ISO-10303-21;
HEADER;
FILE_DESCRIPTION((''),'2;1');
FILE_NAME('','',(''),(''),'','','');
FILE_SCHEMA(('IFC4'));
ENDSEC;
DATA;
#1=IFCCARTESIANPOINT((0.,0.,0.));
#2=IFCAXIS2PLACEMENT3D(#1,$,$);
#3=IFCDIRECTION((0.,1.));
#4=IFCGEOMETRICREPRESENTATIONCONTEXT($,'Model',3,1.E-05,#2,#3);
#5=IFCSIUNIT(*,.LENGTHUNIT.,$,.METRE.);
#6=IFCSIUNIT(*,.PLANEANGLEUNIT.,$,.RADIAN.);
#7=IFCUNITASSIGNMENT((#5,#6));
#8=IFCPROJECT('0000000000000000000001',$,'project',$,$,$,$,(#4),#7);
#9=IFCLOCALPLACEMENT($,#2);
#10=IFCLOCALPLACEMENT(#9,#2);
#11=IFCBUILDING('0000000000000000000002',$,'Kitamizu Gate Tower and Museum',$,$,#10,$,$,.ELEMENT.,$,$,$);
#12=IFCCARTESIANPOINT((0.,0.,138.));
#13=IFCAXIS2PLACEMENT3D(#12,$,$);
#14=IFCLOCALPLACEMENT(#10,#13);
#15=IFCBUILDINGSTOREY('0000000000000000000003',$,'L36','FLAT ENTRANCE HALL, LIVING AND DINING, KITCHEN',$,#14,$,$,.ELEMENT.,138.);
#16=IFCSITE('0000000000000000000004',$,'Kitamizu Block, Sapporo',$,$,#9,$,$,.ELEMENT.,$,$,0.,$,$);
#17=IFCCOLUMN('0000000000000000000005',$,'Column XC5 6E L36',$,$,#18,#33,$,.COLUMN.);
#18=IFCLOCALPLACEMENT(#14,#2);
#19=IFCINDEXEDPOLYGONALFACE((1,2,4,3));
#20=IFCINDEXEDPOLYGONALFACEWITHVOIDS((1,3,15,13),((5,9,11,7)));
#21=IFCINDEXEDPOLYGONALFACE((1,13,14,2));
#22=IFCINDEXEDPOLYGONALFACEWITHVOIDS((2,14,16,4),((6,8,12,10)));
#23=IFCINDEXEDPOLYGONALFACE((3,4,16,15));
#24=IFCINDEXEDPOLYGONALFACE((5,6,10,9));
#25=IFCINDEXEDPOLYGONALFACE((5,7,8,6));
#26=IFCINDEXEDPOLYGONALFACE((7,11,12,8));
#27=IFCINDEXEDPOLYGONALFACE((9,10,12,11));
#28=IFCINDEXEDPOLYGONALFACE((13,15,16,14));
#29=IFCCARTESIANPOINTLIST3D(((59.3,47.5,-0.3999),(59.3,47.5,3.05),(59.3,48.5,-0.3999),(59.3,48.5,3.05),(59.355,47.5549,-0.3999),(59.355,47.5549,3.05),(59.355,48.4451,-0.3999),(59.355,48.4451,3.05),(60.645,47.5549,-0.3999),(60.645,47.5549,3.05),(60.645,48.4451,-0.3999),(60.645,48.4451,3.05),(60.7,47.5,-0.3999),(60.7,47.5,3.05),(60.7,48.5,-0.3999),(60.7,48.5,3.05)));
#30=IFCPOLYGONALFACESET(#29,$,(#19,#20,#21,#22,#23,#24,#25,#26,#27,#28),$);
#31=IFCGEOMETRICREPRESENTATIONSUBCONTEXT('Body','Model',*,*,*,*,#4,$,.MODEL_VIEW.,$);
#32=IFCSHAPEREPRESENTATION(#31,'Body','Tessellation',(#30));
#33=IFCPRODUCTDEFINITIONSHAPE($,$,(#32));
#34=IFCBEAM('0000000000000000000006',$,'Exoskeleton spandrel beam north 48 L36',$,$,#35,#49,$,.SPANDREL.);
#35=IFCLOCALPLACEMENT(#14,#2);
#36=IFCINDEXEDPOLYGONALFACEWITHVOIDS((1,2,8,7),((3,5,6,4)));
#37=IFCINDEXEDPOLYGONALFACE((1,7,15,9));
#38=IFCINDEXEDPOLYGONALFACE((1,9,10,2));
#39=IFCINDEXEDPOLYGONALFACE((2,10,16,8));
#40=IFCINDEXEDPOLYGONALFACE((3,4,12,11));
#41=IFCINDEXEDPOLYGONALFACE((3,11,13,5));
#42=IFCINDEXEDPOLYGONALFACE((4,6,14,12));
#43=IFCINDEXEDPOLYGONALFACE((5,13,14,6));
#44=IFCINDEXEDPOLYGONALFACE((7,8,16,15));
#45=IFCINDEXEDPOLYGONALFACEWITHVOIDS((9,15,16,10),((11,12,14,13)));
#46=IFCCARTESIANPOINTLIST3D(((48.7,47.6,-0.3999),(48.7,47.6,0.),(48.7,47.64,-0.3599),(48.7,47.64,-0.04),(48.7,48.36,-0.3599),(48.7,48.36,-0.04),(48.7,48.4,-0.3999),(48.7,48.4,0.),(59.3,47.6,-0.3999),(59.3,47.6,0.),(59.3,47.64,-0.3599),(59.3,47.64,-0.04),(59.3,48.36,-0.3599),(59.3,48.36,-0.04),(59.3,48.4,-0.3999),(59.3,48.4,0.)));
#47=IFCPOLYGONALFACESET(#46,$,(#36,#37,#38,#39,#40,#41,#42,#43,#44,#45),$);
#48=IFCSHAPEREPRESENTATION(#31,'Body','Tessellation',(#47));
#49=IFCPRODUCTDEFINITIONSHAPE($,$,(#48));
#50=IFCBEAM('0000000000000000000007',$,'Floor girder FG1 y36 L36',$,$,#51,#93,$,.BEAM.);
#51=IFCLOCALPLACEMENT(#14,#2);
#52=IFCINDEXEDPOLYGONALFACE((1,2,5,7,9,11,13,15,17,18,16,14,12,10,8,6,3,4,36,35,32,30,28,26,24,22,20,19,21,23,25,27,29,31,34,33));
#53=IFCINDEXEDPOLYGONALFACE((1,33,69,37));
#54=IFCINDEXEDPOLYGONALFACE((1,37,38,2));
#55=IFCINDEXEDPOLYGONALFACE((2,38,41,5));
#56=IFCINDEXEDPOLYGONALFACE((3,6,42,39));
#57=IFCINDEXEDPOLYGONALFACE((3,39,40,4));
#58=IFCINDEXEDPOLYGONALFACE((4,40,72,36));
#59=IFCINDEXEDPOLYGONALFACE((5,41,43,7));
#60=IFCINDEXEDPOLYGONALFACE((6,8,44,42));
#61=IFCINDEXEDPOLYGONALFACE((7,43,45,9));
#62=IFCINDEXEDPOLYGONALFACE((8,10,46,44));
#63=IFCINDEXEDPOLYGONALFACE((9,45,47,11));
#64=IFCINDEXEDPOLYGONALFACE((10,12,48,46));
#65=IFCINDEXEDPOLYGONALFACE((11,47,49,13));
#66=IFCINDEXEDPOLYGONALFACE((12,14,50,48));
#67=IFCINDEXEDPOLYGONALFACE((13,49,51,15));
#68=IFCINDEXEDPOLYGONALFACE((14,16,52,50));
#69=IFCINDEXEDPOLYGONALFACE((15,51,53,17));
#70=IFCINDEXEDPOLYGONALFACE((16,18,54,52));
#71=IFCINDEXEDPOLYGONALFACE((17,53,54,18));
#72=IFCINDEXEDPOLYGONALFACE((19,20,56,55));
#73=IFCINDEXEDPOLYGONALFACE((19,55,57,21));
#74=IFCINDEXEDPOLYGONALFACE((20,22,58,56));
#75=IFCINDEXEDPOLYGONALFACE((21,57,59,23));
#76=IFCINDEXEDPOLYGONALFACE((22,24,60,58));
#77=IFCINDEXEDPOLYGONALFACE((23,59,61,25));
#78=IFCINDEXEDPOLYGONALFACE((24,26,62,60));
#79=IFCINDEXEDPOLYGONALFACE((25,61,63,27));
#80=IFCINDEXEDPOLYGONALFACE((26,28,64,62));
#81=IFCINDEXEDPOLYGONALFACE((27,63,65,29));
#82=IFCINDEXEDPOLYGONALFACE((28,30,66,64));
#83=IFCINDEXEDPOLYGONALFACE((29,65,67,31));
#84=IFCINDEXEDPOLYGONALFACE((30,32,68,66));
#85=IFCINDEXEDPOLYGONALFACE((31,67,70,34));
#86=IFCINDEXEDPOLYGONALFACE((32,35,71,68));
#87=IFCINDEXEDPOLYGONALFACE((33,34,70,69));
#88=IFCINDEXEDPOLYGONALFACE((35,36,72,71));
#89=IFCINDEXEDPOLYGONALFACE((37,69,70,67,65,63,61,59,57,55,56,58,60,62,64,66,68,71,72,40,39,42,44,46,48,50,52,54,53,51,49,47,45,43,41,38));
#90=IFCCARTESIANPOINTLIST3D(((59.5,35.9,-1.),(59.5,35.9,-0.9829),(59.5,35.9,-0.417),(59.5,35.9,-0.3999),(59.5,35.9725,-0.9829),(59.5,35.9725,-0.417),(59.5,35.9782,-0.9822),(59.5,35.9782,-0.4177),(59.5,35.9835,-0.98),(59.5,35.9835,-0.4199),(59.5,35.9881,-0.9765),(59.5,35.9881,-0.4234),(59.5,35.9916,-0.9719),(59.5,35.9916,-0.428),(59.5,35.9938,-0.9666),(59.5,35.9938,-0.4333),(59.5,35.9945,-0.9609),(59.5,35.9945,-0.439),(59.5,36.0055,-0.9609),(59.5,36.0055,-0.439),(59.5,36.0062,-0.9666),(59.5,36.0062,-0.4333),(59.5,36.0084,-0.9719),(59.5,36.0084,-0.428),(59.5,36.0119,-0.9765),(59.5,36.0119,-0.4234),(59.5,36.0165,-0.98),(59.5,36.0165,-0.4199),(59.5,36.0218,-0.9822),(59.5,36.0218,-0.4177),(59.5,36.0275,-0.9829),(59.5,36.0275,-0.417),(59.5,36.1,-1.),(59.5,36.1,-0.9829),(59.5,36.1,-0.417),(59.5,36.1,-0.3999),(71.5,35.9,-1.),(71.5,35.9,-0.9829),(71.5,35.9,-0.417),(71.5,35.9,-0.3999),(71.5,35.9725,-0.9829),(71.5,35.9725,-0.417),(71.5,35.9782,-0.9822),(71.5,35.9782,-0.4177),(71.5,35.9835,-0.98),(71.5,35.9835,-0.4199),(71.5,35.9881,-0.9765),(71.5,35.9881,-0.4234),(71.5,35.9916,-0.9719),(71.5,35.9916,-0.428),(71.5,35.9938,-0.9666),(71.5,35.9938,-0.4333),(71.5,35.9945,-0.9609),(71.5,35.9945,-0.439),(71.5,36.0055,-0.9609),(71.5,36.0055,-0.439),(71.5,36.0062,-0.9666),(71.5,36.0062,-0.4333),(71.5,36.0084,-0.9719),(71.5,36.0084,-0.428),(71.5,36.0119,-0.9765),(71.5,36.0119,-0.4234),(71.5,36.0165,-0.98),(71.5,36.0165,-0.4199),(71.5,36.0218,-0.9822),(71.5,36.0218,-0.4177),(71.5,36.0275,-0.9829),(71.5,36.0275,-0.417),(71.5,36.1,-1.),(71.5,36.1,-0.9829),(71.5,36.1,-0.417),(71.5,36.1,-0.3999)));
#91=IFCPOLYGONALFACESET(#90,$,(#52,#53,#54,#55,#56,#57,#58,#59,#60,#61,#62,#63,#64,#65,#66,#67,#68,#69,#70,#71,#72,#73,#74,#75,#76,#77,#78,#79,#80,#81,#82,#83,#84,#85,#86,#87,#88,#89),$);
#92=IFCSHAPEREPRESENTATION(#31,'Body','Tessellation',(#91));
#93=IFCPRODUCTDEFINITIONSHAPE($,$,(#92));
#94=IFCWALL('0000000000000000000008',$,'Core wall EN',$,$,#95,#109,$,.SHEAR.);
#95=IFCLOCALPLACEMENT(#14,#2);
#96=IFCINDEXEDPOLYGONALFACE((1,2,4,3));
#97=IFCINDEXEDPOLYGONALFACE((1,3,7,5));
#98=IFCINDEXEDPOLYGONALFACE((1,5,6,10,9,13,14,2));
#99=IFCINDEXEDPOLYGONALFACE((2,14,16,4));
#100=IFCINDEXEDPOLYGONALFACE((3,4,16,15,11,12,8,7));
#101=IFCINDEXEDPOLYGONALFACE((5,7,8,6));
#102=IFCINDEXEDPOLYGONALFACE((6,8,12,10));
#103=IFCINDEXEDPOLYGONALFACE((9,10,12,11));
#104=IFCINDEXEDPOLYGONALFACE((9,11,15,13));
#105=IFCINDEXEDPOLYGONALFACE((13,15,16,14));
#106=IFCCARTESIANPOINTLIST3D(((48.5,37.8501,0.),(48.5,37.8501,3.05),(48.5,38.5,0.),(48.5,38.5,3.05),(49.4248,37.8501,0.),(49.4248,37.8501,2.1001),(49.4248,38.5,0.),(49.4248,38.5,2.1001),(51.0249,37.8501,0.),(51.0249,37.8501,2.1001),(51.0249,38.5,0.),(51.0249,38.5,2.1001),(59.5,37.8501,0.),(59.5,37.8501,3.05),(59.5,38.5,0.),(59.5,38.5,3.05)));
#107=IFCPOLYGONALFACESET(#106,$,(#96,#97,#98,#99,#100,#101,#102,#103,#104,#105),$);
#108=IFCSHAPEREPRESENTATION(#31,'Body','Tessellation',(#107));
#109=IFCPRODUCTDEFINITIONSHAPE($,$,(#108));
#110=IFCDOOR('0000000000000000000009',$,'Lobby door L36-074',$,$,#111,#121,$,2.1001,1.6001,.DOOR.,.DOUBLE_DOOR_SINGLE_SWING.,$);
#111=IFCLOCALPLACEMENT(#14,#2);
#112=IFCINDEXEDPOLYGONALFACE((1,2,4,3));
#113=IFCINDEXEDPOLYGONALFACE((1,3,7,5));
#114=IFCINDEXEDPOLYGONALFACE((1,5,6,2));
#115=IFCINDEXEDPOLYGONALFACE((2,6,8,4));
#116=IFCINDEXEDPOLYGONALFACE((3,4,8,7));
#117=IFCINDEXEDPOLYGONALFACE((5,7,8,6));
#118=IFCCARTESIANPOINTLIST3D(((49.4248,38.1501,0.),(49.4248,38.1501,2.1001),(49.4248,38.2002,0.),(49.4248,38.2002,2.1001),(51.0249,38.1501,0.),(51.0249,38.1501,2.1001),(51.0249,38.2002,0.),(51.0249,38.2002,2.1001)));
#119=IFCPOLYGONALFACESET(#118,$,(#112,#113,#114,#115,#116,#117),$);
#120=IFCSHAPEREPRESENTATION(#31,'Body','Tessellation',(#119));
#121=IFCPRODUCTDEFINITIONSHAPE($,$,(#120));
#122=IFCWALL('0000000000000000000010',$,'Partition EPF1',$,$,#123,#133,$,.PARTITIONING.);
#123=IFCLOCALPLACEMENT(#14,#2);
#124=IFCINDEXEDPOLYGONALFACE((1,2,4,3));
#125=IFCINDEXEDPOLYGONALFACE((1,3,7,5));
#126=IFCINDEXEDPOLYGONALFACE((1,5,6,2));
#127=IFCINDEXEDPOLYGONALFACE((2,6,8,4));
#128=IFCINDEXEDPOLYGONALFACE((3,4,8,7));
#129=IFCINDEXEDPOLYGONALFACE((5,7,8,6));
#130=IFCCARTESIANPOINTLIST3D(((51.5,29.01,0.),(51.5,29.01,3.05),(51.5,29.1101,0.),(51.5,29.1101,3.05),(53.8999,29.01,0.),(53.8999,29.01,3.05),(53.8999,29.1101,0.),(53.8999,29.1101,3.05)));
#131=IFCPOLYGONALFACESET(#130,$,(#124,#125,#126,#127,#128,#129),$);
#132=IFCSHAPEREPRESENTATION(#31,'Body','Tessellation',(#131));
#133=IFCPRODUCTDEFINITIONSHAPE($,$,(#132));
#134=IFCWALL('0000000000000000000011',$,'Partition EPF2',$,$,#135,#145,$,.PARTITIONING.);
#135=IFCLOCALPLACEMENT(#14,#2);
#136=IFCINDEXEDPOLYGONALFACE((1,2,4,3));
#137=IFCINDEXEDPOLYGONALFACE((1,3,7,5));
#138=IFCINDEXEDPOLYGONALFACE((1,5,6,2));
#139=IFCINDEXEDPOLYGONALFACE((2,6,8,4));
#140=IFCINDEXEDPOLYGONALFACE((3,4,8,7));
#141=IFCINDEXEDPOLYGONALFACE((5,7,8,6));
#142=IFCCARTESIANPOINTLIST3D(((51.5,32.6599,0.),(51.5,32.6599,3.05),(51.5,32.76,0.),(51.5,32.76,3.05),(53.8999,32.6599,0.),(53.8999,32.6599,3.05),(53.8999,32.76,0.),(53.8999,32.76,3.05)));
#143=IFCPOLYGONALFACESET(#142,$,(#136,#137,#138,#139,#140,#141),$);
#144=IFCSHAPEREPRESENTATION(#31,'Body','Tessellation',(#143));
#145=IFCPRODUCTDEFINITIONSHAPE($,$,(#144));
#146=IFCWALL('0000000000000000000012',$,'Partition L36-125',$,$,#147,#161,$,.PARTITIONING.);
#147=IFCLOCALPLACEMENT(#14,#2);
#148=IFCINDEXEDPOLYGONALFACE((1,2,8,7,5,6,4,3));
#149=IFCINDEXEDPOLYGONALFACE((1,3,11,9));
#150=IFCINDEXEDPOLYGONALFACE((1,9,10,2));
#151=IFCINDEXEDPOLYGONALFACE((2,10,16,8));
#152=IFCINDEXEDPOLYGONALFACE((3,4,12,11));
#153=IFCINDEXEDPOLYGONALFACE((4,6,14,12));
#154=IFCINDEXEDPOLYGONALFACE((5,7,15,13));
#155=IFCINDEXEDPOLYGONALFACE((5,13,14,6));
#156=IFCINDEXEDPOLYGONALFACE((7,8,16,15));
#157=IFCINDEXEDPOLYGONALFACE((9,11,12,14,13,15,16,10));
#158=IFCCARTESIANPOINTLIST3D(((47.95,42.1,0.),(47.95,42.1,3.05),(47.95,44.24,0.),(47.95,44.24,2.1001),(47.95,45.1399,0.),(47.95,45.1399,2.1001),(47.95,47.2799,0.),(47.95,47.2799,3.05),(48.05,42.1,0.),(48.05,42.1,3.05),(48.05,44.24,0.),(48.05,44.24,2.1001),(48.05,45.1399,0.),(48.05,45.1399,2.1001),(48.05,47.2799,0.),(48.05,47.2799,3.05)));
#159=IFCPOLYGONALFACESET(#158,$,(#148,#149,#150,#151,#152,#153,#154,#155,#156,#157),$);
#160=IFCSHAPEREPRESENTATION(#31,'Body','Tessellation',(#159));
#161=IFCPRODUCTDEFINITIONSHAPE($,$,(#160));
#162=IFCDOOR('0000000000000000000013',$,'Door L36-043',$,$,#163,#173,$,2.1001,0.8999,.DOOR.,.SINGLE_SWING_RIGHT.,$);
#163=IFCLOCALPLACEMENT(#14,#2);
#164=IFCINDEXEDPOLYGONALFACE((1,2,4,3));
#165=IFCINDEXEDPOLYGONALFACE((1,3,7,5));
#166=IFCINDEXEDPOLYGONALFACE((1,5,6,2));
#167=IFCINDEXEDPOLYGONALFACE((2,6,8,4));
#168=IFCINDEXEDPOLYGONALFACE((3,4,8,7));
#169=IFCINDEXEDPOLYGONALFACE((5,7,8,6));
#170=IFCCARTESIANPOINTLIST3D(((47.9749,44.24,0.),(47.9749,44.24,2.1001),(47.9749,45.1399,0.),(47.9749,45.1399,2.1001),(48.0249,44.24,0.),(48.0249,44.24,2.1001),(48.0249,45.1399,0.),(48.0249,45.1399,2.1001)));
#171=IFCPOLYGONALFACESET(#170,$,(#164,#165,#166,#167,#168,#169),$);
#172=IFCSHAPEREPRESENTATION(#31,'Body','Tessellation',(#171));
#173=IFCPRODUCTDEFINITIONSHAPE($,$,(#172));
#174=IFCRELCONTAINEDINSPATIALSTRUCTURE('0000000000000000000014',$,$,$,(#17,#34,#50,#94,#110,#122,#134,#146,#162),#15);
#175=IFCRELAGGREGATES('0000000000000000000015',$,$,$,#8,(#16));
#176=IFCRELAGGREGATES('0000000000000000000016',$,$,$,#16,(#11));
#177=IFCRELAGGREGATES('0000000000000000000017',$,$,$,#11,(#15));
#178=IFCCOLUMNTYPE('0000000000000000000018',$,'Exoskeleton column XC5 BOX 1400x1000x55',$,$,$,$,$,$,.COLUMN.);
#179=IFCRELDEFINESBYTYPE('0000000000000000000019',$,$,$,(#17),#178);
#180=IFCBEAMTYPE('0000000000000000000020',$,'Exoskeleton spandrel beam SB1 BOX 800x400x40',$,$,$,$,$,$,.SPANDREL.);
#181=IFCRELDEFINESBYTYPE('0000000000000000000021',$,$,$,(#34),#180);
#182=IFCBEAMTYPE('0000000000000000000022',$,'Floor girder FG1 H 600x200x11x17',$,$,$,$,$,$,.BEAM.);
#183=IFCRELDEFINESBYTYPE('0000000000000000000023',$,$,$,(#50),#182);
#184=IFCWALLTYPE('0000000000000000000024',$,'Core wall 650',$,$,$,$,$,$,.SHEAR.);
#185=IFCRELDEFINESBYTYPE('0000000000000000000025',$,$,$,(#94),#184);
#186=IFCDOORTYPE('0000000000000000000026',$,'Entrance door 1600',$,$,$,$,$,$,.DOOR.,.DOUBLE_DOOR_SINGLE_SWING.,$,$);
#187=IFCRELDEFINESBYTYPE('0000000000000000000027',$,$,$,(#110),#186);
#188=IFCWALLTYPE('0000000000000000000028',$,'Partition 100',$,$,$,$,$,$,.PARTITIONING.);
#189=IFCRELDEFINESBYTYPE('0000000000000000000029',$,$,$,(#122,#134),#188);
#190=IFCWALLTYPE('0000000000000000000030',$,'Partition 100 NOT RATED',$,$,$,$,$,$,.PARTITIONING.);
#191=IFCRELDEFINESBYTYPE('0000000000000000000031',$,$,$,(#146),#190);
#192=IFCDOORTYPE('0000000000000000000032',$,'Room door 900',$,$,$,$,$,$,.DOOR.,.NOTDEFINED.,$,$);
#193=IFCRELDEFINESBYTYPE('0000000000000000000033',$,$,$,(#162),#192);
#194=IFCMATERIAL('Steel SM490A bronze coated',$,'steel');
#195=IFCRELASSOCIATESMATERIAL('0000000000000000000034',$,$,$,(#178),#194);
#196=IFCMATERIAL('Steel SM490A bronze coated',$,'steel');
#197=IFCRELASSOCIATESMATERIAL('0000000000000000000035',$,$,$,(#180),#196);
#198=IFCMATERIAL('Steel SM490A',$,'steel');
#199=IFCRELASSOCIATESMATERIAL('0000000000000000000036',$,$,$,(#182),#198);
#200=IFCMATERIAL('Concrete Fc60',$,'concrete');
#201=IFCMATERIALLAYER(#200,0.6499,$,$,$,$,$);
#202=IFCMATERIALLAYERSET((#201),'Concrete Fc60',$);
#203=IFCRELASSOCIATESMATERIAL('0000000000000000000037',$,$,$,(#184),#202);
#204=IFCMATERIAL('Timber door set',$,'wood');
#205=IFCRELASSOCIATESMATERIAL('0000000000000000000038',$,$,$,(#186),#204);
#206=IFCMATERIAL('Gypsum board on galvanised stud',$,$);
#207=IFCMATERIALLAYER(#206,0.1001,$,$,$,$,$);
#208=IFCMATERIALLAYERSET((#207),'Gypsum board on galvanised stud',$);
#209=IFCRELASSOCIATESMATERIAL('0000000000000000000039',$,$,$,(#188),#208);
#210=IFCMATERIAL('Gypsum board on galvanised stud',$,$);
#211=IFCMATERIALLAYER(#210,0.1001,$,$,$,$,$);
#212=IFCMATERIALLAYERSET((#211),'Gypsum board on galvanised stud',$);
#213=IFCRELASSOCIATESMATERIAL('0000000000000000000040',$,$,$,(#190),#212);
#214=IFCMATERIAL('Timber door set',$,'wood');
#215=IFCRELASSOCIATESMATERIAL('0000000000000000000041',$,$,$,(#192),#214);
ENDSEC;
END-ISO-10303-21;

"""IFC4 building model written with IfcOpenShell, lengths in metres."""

from ifc_helpers import new_model, si_unit, direction, frame, frame_2d, origin, origin_2d, place, context, subcontext, project, spatial, rectangle, hollow_rectangle, i_section, extrude, material, layer, layer_set, material_profile, profile_set, type_object, element, fill, save


model = new_model("IFC4")

# Units and contexts
model_context = context("Model", 3, precision=1e-05, world=origin(), true_north=direction((0.0, 1.0)))
body_context = subcontext(model_context, "Body", "Model", "MODEL_VIEW")
ifc_project = project(units=[si_unit("LENGTHUNIT", "METRE"), si_unit("PLANEANGLEUNIT", "RADIAN")], contexts=[model_context])

# Site, building, storey
site_placement = place(None, origin())
site = spatial("IfcSite", under=ifc_project, at=site_placement, Name="Kitamizu Block, Sapporo", CompositionType="ELEMENT", RefElevation=0.0)
building_placement = place(site_placement, origin())
building = spatial("IfcBuilding", under=site, at=building_placement, Name="Kitamizu Gate Tower and Museum", CompositionType="ELEMENT")
storey_placement = place(building_placement, frame((0.0, 0.0, 138.0)))
storey = spatial("IfcBuildingStorey", under=building, at=storey_placement, Name="L36", Description="FLAT ENTRANCE HALL, LIVING AND DINING, KITCHEN", CompositionType="ELEMENT", Elevation=138.0)

# Column
ifc_material_1 = material(Name="Steel SM490A bronze coated", Category="steel")
ifc_material_profile_1 = material_profile(ifc_material_1, hollow_rectangle(XDim=1.3999, YDim=1.0, WallThickness=0.0549, at=origin_2d()), Name="BOX 1400x1000x55")
ifc_profile_set_1 = profile_set([ifc_material_profile_1], Name="Steel SM490A bronze coated")
column_type = type_object("IfcColumnType", Name="Exoskeleton column XC5 BOX 1400x1000x55", PredefinedType="COLUMN", material=ifc_profile_set_1)
column_placement = place(storey_placement, frame((60.0, 48.0, -0.3999), z_axis=(0.0, 0.0, 1.0), x_axis=(1.0, 0.0, 0.0)))
element("IfcColumn", 1, at=column_placement, inside=storey, type_object=column_type, Name="Column XC5 6E L36", PredefinedType="COLUMN", context=body_context, shape_type="SweptSolid", body=[
    extrude(hollow_rectangle(XDim=1.3999, YDim=1.0, WallThickness=0.0549, at=origin_2d()), origin(), (0.0, 0.0, 1.0), 3.45),
])

# Beams
ifc_material_2 = material(Name="Steel SM490A bronze coated", Category="steel")
ifc_material_profile_2 = material_profile(ifc_material_2, hollow_rectangle(XDim=0.8, YDim=0.3999, WallThickness=0.04, at=origin_2d()), Name="BOX 800x400x40")
ifc_profile_set_2 = profile_set([ifc_material_profile_2], Name="Steel SM490A bronze coated")
beam_type_1 = type_object("IfcBeamType", Name="Exoskeleton spandrel beam SB1 BOX 800x400x40", PredefinedType="SPANDREL", material=ifc_profile_set_2)
beam_1_placement = place(storey_placement, frame((48.7, 48.0, -0.2), z_axis=(1.0, 0.0, 0.0), x_axis=(0.0, 1.0, 0.0)))
element("IfcBeam", 2, at=beam_1_placement, inside=storey, type_object=beam_type_1, Name="Exoskeleton spandrel beam north 48 L36", PredefinedType="SPANDREL", context=body_context, shape_type="SweptSolid", body=[
    extrude(hollow_rectangle(XDim=0.8, YDim=0.3999, WallThickness=0.04, at=origin_2d()), origin(), (0.0, 0.0, 1.0), 10.6001),
])
ifc_material_3 = material(Name="Steel SM490A", Category="steel")
ifc_material_profile_3 = material_profile(ifc_material_3, i_section(OverallWidth=0.2, OverallDepth=0.6001, WebThickness=0.011, FlangeThickness=0.0171, FilletRadius=0.022, at=origin_2d()), Name="H-600x200x11x17")
ifc_profile_set_3 = profile_set([ifc_material_profile_3], Name="Steel SM490A")
beam_type_2 = type_object("IfcBeamType", Name="Floor girder FG1 H 600x200x11x17", PredefinedType="BEAM", material=ifc_profile_set_3)
beam_2_placement = place(storey_placement, frame((59.5, 36.0, -0.7), z_axis=(1.0, 0.0, 0.0), x_axis=(0.0, 1.0, 0.0)))
element("IfcBeam", 3, at=beam_2_placement, inside=storey, type_object=beam_type_2, Name="Floor girder FG1 y36 L36", PredefinedType="BEAM", context=body_context, shape_type="SweptSolid", body=[
    extrude(i_section(OverallWidth=0.2, OverallDepth=0.6001, WebThickness=0.011, FlangeThickness=0.0171, FilletRadius=0.022, at=origin_2d()), origin(), (0.0, 0.0, 1.0), 12.0),
])

# Wall, opening, door
ifc_material_4 = material(Name="Concrete Fc60", Category="concrete")
ifc_layer_1 = layer(ifc_material_4, 0.6499)
ifc_layer_set_1 = layer_set([ifc_layer_1], Name="Concrete Fc60")
wall_type_1 = type_object("IfcWallType", Name="Core wall 650", PredefinedType="SHEAR", material=ifc_layer_set_1)
wall_1_placement = place(storey_placement, frame((59.5, 38.175, 0.0), z_axis=(0.0, 0.0, 1.0), x_axis=(-1.0, 0.0, 0.0)))
wall_1 = element("IfcWall", 4, at=wall_1_placement, inside=storey, type_object=wall_type_1, Name="Core wall EN", PredefinedType="SHEAR", context=body_context, shape_type="SweptSolid", body=[
    extrude(rectangle(XDim=11.0, YDim=0.6499, at=frame_2d((5.5, 0.0))), origin(), (0.0, 0.0, 1.0), 3.05),
])
opening_1_placement = place(wall_1_placement, frame((8.4751, 0.0, 0.0)))
opening_1 = element("IfcOpeningElement", 5, at=opening_1_placement, cuts=wall_1, PredefinedType="OPENING", context=body_context, shape_type="SweptSolid", body=[
    extrude(rectangle(XDim=1.6001, YDim=2.1001, at=frame_2d((0.8, 1.05))), frame((0.0, 0.335, 0.0), z_axis=(0.0, -1.0, 0.0), x_axis=(1.0, 0.0, 0.0)), (0.0, 0.0, 1.0), 0.6699),
])
ifc_material_5 = material(Name="Timber door set", Category="wood")
door_type_1 = type_object("IfcDoorType", Name="Entrance door 1600", OperationType="DOUBLE_DOOR_SINGLE_SWING", PredefinedType="DOOR", material=ifc_material_5)
door_1_placement = place(opening_1_placement, origin())
door_1 = element("IfcDoor", 6, at=door_1_placement, inside=storey, type_object=door_type_1, Name="Lobby door L36-074", OperationType="DOUBLE_DOOR_SINGLE_SWING", OverallHeight=2.1001, OverallWidth=1.6001, PredefinedType="DOOR", context=body_context, shape_type="SweptSolid", body=[
    extrude(rectangle(XDim=1.6001, YDim=2.1001, at=frame_2d((0.8, 1.05))), frame((0.0, 0.0249, 0.0), z_axis=(0.0, -1.0, 0.0), x_axis=(1.0, 0.0, 0.0)), (0.0, 0.0, 1.0), 0.05),
])
fill(opening_1, door_1)

# Walls
ifc_material_6 = material(Name="Gypsum board on galvanised stud")
ifc_layer_2 = layer(ifc_material_6, 0.1001)
ifc_layer_set_2 = layer_set([ifc_layer_2], Name="Gypsum board on galvanised stud")
wall_type_2 = type_object("IfcWallType", Name="Partition 100", PredefinedType="PARTITIONING", material=ifc_layer_set_2)
for number, where, z_axis, x_axis, name in (
    (7, (53.8999, 29.0601, 0.0), (0.0, 0.0, 1.0), (-1.0, 0.0, 0.0), "Partition EPF1"),
    (8, (53.8999, 32.71, 0.0), (0.0, 0.0, 1.0), (-1.0, 0.0, 0.0), "Partition EPF2"),
):
    element("IfcWall", number, at=place(storey_placement, frame(where, z_axis=z_axis, x_axis=x_axis)), inside=storey, type_object=wall_type_2, Name=name, PredefinedType="PARTITIONING", context=body_context, shape_type="SweptSolid", body=[
        extrude(rectangle(XDim=2.3999, YDim=0.1001, at=frame_2d((1.2, 0.0))), origin(), (0.0, 0.0, 1.0), 3.05),
    ])

# Wall, opening, door
ifc_material_7 = material(Name="Gypsum board on galvanised stud")
ifc_layer_3 = layer(ifc_material_7, 0.1001)
ifc_layer_set_3 = layer_set([ifc_layer_3], Name="Gypsum board on galvanised stud")
wall_type_3 = type_object("IfcWallType", Name="Partition 100 NOT RATED", PredefinedType="PARTITIONING", material=ifc_layer_set_3)
wall_2_placement = place(storey_placement, frame((48.0, 42.1001, 0.0), z_axis=(0.0, 0.0, 1.0), x_axis=(0.0, 1.0, 0.0)))
wall_2 = element("IfcWall", 9, at=wall_2_placement, inside=storey, type_object=wall_type_3, Name="Partition L36-125", PredefinedType="PARTITIONING", context=body_context, shape_type="SweptSolid", body=[
    extrude(rectangle(XDim=5.1799, YDim=0.1001, at=frame_2d((2.5898, 0.0))), origin(), (0.0, 0.0, 1.0), 3.05),
])
opening_2_placement = place(wall_2_placement, frame((2.1399, 0.0, 0.0)))
opening_2 = element("IfcOpeningElement", 10, at=opening_2_placement, cuts=wall_2, PredefinedType="OPENING", context=body_context, shape_type="SweptSolid", body=[
    extrude(rectangle(XDim=0.8999, YDim=2.1001, at=frame_2d((0.45, 1.05))), frame((0.0, 0.0601, 0.0), z_axis=(0.0, -1.0, 0.0), x_axis=(1.0, 0.0, 0.0)), (0.0, 0.0, 1.0), 0.1201),
])
ifc_material_8 = material(Name="Timber door set", Category="wood")
door_type_2 = type_object("IfcDoorType", Name="Room door 900", OperationType="NOTDEFINED", PredefinedType="DOOR", material=ifc_material_8)
door_2_placement = place(opening_2_placement, frame((0.8999, 0.0, 0.0), x_axis=(-1.0, 0.0, 0.0)))
door_2 = element("IfcDoor", 11, at=door_2_placement, inside=storey, type_object=door_type_2, Name="Door L36-043", OperationType="SINGLE_SWING_RIGHT", OverallHeight=2.1001, OverallWidth=0.8999, PredefinedType="DOOR", context=body_context, shape_type="SweptSolid", body=[
    extrude(rectangle(XDim=0.8999, YDim=2.1001, at=frame_2d((0.45, 1.05))), frame((0.0, 0.0249, 0.0), z_axis=(0.0, -1.0, 0.0), x_axis=(1.0, 0.0, 0.0)), (0.0, 0.0, 1.0), 0.05),
])
fill(opening_2, door_2)

save(model, "model.ifc")
